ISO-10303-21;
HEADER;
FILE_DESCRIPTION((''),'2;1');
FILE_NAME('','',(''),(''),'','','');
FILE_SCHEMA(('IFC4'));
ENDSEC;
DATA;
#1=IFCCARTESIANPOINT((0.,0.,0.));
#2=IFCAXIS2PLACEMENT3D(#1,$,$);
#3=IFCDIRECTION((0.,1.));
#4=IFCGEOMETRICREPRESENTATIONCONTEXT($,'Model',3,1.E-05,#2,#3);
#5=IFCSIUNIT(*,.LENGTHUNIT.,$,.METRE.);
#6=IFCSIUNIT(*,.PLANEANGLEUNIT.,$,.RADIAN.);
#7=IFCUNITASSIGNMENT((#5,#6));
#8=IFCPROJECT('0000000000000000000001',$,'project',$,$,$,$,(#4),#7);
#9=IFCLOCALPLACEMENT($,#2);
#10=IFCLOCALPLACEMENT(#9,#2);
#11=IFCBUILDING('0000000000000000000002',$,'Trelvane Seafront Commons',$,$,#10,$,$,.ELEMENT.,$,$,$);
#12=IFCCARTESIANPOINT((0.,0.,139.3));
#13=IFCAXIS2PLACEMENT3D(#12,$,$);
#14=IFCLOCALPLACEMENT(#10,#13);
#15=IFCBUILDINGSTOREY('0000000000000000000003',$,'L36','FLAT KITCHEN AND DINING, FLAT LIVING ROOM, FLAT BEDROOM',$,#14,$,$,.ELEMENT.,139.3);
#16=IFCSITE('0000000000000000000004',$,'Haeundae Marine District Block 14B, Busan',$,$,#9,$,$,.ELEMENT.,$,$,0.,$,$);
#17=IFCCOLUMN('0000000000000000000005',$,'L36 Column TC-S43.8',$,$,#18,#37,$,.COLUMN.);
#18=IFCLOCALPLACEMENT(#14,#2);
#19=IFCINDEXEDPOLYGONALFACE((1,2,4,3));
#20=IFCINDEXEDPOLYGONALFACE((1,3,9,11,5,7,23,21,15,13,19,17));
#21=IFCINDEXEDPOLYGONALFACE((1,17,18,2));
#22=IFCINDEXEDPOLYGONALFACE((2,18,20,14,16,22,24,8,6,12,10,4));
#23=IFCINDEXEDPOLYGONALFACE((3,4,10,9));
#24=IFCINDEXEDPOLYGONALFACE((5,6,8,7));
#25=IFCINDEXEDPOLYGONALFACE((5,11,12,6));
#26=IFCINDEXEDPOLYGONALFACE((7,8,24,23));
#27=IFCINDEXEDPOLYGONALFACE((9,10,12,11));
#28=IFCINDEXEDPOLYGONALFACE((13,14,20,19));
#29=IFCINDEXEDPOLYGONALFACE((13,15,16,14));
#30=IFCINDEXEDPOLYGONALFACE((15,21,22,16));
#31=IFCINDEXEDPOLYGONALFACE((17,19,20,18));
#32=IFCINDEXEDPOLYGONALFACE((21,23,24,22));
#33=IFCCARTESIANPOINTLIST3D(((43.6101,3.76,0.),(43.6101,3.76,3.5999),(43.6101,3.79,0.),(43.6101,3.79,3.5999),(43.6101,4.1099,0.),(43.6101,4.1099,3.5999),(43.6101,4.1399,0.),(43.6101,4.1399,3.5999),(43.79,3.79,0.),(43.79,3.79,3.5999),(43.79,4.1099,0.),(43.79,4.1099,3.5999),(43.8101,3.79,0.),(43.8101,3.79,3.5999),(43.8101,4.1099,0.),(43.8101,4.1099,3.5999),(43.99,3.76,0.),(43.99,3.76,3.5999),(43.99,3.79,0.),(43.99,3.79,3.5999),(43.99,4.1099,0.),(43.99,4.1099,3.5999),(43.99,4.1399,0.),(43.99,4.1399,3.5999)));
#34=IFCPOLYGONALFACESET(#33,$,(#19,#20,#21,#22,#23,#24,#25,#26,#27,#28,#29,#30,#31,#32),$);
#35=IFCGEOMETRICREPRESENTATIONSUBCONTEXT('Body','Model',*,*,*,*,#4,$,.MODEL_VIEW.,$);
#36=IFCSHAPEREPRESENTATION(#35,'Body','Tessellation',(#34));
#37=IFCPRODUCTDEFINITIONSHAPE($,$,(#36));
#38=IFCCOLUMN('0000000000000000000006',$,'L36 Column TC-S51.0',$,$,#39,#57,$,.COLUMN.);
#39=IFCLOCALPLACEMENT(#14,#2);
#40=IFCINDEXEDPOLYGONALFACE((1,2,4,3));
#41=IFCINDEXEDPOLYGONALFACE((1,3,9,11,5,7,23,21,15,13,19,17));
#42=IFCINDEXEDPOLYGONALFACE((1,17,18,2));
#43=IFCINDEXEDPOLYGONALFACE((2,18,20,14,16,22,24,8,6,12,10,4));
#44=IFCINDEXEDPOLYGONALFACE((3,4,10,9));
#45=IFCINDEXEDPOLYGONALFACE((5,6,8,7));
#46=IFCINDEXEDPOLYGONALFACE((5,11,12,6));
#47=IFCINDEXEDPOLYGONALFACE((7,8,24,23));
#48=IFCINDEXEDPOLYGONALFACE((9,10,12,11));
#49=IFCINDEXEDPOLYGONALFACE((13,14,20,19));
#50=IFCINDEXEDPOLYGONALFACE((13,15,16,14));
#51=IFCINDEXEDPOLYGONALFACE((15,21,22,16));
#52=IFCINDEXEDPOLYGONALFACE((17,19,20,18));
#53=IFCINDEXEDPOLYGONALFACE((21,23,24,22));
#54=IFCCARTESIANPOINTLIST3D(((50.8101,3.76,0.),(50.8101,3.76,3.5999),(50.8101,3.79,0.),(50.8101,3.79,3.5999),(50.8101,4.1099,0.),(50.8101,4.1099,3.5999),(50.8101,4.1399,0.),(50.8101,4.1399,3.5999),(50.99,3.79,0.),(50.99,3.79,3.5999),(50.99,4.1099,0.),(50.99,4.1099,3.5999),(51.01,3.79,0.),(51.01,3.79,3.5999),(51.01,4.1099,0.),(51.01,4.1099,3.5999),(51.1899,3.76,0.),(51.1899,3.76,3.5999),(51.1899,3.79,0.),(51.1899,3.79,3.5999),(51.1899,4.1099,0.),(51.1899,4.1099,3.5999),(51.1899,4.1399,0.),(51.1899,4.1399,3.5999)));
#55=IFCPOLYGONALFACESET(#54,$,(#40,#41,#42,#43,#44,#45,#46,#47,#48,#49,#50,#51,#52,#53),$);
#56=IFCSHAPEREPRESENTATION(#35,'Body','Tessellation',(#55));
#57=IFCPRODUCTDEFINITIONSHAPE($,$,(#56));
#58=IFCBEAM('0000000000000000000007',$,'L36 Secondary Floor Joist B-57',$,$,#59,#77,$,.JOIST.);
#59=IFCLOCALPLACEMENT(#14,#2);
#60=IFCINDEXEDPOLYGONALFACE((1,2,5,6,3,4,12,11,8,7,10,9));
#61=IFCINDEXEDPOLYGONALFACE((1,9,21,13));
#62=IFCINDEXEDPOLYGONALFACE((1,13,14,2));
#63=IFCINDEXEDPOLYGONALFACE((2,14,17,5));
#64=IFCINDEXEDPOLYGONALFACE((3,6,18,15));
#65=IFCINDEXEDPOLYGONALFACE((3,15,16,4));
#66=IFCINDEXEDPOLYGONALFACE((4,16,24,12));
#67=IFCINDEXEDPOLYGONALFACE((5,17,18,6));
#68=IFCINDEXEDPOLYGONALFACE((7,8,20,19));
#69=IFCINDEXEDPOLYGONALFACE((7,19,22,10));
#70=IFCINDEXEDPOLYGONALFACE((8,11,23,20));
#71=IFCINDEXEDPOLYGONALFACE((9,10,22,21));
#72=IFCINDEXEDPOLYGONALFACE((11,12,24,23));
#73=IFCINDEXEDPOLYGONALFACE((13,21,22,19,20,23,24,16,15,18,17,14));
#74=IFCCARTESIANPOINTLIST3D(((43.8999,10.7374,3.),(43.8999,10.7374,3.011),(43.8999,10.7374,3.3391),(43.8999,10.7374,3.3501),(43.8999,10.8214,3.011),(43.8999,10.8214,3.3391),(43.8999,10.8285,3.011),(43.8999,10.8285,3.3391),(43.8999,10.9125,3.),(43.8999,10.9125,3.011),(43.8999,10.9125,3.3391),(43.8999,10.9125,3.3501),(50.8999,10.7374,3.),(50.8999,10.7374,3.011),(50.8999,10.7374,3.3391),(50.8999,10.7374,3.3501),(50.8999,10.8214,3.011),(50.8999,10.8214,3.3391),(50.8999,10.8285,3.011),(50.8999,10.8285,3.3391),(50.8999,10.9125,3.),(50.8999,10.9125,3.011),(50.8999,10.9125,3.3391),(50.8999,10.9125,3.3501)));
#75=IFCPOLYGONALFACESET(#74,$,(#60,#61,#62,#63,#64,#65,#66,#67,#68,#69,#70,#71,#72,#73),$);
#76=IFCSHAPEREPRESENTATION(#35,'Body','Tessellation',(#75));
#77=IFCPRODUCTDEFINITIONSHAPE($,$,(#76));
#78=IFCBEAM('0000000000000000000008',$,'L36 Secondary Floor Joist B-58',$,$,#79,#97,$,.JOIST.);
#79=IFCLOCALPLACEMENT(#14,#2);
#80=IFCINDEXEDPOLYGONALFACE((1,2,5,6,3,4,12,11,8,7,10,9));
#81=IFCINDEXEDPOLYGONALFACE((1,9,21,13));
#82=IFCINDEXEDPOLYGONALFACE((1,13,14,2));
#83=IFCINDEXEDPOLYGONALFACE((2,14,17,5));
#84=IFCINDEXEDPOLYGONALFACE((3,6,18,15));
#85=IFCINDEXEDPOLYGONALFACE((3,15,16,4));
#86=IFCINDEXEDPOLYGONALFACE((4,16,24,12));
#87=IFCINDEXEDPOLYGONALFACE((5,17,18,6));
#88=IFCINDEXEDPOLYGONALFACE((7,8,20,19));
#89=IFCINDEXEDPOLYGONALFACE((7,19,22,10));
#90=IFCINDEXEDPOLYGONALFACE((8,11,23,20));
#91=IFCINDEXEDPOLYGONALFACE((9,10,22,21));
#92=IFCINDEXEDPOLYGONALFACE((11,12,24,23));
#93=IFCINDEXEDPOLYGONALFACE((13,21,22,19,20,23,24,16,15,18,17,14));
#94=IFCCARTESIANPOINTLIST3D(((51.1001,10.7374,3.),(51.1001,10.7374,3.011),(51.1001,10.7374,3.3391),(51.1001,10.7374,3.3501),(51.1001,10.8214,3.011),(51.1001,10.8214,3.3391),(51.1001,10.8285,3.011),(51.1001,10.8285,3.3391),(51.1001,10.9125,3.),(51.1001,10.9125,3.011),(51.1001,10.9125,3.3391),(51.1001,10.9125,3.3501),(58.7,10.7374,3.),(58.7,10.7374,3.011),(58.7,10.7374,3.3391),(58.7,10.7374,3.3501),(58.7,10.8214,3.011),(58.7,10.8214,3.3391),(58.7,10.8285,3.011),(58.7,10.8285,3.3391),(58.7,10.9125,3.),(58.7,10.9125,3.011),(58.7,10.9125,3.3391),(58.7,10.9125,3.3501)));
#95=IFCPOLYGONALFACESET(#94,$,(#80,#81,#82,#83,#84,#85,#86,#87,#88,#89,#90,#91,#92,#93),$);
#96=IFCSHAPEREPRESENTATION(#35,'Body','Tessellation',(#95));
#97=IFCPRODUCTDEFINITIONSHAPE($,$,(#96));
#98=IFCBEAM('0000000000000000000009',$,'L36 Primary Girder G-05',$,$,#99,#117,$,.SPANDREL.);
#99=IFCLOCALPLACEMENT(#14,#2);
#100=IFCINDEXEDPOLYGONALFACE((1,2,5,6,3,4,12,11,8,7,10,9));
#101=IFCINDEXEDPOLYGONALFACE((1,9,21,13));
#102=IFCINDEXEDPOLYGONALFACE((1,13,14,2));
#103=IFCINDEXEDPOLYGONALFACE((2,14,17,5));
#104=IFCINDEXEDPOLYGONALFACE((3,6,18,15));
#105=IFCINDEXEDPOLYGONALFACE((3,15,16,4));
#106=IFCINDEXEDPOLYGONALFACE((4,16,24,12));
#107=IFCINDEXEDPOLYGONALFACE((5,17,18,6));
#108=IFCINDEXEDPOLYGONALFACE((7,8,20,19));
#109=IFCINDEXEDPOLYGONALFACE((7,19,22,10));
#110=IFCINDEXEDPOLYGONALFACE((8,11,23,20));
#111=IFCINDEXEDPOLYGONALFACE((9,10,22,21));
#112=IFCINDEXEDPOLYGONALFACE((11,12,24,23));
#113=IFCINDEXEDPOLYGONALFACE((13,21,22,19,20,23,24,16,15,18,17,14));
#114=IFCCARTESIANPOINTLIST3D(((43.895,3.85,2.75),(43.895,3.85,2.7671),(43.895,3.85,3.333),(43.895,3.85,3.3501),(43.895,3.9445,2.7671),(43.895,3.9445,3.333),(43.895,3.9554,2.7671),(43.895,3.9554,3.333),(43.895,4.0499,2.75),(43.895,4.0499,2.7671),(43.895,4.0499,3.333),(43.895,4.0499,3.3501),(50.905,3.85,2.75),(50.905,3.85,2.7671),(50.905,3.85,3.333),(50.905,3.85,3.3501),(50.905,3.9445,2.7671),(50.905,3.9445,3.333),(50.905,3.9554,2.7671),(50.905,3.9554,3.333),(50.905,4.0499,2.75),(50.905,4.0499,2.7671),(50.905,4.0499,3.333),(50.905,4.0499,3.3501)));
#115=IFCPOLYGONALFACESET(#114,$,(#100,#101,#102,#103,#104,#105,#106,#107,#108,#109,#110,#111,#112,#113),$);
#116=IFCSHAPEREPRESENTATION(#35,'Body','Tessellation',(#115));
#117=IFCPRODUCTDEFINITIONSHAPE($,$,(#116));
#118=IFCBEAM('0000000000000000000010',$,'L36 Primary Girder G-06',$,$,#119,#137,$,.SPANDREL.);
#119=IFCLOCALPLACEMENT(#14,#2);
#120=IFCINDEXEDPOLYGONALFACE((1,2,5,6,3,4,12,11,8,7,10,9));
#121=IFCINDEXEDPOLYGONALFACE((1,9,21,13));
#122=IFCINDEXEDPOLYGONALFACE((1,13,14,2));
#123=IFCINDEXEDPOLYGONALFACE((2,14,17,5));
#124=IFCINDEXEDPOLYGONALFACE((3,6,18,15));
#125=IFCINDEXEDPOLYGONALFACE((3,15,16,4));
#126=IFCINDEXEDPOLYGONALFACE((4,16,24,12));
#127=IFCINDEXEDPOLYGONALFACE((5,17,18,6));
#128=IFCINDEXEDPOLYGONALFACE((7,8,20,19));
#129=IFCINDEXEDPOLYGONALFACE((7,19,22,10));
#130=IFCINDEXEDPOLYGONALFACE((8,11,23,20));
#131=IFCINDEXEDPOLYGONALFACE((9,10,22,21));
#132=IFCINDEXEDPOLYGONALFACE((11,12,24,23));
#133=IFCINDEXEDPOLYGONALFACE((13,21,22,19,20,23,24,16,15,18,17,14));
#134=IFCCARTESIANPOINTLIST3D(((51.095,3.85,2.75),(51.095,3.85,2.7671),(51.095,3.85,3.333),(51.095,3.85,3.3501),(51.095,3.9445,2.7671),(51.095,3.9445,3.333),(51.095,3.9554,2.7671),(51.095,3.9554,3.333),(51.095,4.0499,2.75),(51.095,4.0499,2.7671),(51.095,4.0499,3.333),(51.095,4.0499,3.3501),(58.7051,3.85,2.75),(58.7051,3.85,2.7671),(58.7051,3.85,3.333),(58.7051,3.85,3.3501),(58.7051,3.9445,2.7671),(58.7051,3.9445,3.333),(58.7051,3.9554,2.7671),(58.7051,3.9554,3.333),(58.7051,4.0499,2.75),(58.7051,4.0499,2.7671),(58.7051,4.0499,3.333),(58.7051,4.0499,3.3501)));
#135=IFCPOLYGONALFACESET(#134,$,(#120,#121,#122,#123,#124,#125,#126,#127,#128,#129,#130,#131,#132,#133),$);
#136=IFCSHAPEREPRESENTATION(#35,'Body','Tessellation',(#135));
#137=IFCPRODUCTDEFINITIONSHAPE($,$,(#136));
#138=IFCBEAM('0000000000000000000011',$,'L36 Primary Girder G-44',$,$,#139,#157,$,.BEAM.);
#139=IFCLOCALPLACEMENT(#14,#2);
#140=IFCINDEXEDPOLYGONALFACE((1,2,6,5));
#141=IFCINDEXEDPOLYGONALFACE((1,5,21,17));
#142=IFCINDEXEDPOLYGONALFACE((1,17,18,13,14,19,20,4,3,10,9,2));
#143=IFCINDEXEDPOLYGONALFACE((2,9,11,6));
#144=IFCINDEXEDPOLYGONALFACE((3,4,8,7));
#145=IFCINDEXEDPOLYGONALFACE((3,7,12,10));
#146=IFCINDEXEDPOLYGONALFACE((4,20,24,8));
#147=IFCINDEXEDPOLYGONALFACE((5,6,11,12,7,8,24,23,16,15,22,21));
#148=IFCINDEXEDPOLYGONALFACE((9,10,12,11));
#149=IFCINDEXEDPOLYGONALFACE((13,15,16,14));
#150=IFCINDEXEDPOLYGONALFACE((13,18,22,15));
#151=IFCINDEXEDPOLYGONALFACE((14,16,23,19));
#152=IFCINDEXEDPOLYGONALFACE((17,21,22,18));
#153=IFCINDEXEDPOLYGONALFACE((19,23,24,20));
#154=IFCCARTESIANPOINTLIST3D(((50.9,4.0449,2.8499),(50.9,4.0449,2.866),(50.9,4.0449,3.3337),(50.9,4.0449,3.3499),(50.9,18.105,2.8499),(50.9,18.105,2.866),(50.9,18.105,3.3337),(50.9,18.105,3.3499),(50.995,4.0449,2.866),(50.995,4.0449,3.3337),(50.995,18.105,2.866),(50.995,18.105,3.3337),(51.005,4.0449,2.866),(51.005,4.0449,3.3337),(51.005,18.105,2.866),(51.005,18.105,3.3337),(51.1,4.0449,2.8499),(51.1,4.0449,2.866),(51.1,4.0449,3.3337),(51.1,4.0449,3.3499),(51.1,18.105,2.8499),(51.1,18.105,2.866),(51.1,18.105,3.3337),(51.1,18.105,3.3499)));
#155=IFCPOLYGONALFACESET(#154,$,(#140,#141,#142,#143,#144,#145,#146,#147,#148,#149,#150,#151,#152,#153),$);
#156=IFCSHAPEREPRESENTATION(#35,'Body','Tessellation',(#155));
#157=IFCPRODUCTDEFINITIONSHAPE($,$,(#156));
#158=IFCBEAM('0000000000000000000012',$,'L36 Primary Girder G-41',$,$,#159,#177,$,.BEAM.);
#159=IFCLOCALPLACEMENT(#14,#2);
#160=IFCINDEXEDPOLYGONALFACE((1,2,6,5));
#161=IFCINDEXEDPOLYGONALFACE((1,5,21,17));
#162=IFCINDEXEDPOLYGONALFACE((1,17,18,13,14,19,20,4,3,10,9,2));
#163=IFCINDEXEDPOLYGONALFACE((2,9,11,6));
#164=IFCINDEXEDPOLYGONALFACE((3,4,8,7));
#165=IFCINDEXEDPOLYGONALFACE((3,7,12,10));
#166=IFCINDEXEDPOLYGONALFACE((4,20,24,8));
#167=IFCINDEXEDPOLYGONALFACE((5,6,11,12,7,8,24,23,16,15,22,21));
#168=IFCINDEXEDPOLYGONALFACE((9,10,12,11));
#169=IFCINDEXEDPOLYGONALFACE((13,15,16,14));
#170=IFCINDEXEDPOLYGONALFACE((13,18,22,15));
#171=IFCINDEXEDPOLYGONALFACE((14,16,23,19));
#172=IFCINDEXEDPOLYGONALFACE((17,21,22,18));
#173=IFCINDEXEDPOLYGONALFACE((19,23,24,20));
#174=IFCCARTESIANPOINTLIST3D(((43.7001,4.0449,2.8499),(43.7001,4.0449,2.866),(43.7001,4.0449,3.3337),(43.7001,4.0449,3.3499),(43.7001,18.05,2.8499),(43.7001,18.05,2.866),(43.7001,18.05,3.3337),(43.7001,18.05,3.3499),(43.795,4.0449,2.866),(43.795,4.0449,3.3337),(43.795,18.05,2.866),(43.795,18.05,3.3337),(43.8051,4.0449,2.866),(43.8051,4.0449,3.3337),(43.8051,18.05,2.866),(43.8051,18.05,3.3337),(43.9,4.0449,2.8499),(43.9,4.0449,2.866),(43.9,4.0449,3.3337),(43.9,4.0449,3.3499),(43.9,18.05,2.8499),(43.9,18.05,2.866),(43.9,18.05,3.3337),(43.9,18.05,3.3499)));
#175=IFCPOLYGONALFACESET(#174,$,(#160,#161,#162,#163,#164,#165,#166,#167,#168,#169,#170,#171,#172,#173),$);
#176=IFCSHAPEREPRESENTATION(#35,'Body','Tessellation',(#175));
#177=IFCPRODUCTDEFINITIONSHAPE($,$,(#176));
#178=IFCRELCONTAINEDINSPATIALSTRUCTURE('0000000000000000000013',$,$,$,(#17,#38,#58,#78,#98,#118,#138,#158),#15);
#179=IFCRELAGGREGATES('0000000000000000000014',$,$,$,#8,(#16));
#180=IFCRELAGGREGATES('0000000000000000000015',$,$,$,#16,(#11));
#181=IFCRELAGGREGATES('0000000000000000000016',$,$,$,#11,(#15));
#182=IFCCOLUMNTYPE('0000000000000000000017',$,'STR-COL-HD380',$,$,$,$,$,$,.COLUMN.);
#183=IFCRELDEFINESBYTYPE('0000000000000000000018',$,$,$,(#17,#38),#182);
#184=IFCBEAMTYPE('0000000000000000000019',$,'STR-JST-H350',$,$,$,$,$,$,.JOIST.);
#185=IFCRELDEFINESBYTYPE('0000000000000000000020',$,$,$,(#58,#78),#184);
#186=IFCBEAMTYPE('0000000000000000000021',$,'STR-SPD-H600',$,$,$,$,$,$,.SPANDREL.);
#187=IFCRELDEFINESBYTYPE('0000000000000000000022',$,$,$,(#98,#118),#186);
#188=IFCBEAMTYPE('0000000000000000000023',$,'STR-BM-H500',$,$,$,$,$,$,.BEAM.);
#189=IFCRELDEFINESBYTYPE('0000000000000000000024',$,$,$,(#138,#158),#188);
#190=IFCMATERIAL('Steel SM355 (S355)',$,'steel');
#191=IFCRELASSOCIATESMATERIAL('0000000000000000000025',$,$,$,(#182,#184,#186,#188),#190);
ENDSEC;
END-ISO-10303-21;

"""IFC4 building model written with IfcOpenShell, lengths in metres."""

from ifc_helpers import new_model, si_unit, direction, frame, origin, origin_2d, place, context, subcontext, project, spatial, i_section, extrude, source, transform, mapped, material, material_profile, profile_set, type_object, element, save


model = new_model("IFC4")

# Units and contexts
model_context = context("Model", 3, precision=1e-05, world=origin(), true_north=direction((0.0, 1.0)))
body_context = subcontext(model_context, "Body", "Model", "MODEL_VIEW")
ifc_project = project(units=[si_unit("LENGTHUNIT", "METRE"), si_unit("PLANEANGLEUNIT", "RADIAN")], contexts=[model_context])

# Site, building, storey
site_placement = place(None, origin())
site = spatial("IfcSite", under=ifc_project, at=site_placement, Name="Haeundae Marine District Block 14B, Busan", CompositionType="ELEMENT", RefElevation=0.0)
building_placement = place(site_placement, origin())
building = spatial("IfcBuilding", under=site, at=building_placement, Name="Trelvane Seafront Commons", CompositionType="ELEMENT")
storey_placement = place(building_placement, frame((0.0, 0.0, 139.3)))
storey = spatial("IfcBuildingStorey", under=building, at=storey_placement, Name="L36", Description="FLAT KITCHEN AND DINING, FLAT LIVING ROOM, FLAT BEDROOM", CompositionType="ELEMENT", Elevation=139.3)

# Columns
ifc_material_1 = material(Name="Steel SM355 (S355)", Category="steel")
ifc_material_profile_1 = material_profile(ifc_material_1, i_section(OverallWidth=0.3799, OverallDepth=0.3799, WebThickness=0.02, FlangeThickness=0.03, at=origin_2d()), Name="HD-380x380x20x30")
ifc_profile_set_1 = profile_set([ifc_material_profile_1], Name="Steel SM355 (S355)")
column_type = type_object("IfcColumnType", Name="STR-COL-HD380", PredefinedType="COLUMN", material=ifc_profile_set_1)
shared_shape_1 = source(origin(), body_context, "Body", "SweptSolid", [
    extrude(i_section(OverallWidth=0.3799, OverallDepth=0.3799, WebThickness=0.02, FlangeThickness=0.03, at=origin_2d()), origin(), (0.0, 0.0, 1.0), 3.5999),
])
for number, where, z_axis, x_axis, name in (
    (1, (43.8, 3.95, 0.0), (0.0, 0.0, 1.0), (1.0, 0.0, 0.0), "L36 Column TC-S43.8"),
    (2, (51.0, 3.95, 0.0), (0.0, 0.0, 1.0), (1.0, 0.0, 0.0), "L36 Column TC-S51.0"),
):
    element("IfcColumn", number, at=place(storey_placement, frame(where, z_axis=z_axis, x_axis=x_axis)), inside=storey, type_object=column_type, Name=name, PredefinedType="COLUMN", context=body_context, shape_type="MappedRepresentation", body=[
        mapped(shared_shape_1, transform((0.0, 0.0, 0.0), x_axis=(1.0, 0.0, 0.0), y_axis=(0.0, 1.0, 0.0), z_axis=(0.0, 0.0, 1.0), scale=1.0)),
    ])

# Beams
ifc_material_profile_2 = material_profile(ifc_material_1, i_section(OverallWidth=0.175, OverallDepth=0.3501, WebThickness=0.0071, FlangeThickness=0.011, at=origin_2d()), Name="H-350x175x7x11")
ifc_profile_set_2 = profile_set([ifc_material_profile_2], Name="Steel SM355 (S355)")
beam_type_1 = type_object("IfcBeamType", Name="STR-JST-H350", PredefinedType="JOIST", material=ifc_profile_set_2)
shared_shape_2 = source(origin(), body_context, "Body", "SweptSolid", [
    extrude(i_section(OverallWidth=0.175, OverallDepth=0.3501, WebThickness=0.0071, FlangeThickness=0.011, at=origin_2d()), origin(), (0.0, 0.0, 1.0), 7.0),
])
beam_1_placement = place(storey_placement, frame((43.8999, 10.825, 3.175), z_axis=(1.0, 0.0, 0.0), x_axis=(0.0, 1.0, 0.0)))
element("IfcBeam", 3, at=beam_1_placement, inside=storey, type_object=beam_type_1, Name="L36 Secondary Floor Joist B-57", PredefinedType="JOIST", context=body_context, shape_type="MappedRepresentation", body=[
    mapped(shared_shape_2, transform((0.0, 0.0, 0.0), x_axis=(1.0, 0.0, 0.0), y_axis=(0.0, 1.0, 0.0), z_axis=(0.0, 0.0, 1.0), scale=1.0)),
])
shared_shape_3 = source(origin(), body_context, "Body", "SweptSolid", [
    extrude(i_section(OverallWidth=0.175, OverallDepth=0.3501, WebThickness=0.0071, FlangeThickness=0.011, at=origin_2d()), origin(), (0.0, 0.0, 1.0), 7.5999),
])
beam_2_placement = place(storey_placement, frame((51.1001, 10.825, 3.175), z_axis=(1.0, 0.0, 0.0), x_axis=(0.0, 1.0, 0.0)))
element("IfcBeam", 4, at=beam_2_placement, inside=storey, type_object=beam_type_1, Name="L36 Secondary Floor Joist B-58", PredefinedType="JOIST", context=body_context, shape_type="MappedRepresentation", body=[
    mapped(shared_shape_3, transform((0.0, 0.0, 0.0), x_axis=(1.0, 0.0, 0.0), y_axis=(0.0, 1.0, 0.0), z_axis=(0.0, 0.0, 1.0), scale=1.0)),
])
ifc_material_profile_3 = material_profile(ifc_material_1, i_section(OverallWidth=0.2, OverallDepth=0.6001, WebThickness=0.011, FlangeThickness=0.0171, at=origin_2d()), Name="H-600x200x11x17")
ifc_profile_set_3 = profile_set([ifc_material_profile_3], Name="Steel SM355 (S355)")
beam_type_2 = type_object("IfcBeamType", Name="STR-SPD-H600", PredefinedType="SPANDREL", material=ifc_profile_set_3)
shared_shape_4 = source(origin(), body_context, "Body", "SweptSolid", [
    extrude(i_section(OverallWidth=0.2, OverallDepth=0.6001, WebThickness=0.011, FlangeThickness=0.0171, at=origin_2d()), origin(), (0.0, 0.0, 1.0), 7.01),
])
beam_3_placement = place(storey_placement, frame((43.895, 3.95, 3.05), z_axis=(1.0, 0.0, 0.0), x_axis=(0.0, 1.0, 0.0)))
element("IfcBeam", 5, at=beam_3_placement, inside=storey, type_object=beam_type_2, Name="L36 Primary Girder G-05", PredefinedType="SPANDREL", context=body_context, shape_type="MappedRepresentation", body=[
    mapped(shared_shape_4, transform((0.0, 0.0, 0.0), x_axis=(1.0, 0.0, 0.0), y_axis=(0.0, 1.0, 0.0), z_axis=(0.0, 0.0, 1.0), scale=1.0)),
])
shared_shape_5 = source(origin(), body_context, "Body", "SweptSolid", [
    extrude(i_section(OverallWidth=0.2, OverallDepth=0.6001, WebThickness=0.011, FlangeThickness=0.0171, at=origin_2d()), origin(), (0.0, 0.0, 1.0), 7.6101),
])
beam_4_placement = place(storey_placement, frame((51.095, 3.95, 3.05), z_axis=(1.0, 0.0, 0.0), x_axis=(0.0, 1.0, 0.0)))
element("IfcBeam", 6, at=beam_4_placement, inside=storey, type_object=beam_type_2, Name="L36 Primary Girder G-06", PredefinedType="SPANDREL", context=body_context, shape_type="MappedRepresentation", body=[
    mapped(shared_shape_5, transform((0.0, 0.0, 0.0), x_axis=(1.0, 0.0, 0.0), y_axis=(0.0, 1.0, 0.0), z_axis=(0.0, 0.0, 1.0), scale=1.0)),
])
ifc_material_profile_4 = material_profile(ifc_material_1, i_section(OverallWidth=0.2, OverallDepth=0.5, WebThickness=0.01, FlangeThickness=0.0161, at=origin_2d()), Name="H-500x200x10x16")
ifc_profile_set_4 = profile_set([ifc_material_profile_4], Name="Steel SM355 (S355)")
beam_type_3 = type_object("IfcBeamType", Name="STR-BM-H500", PredefinedType="BEAM", material=ifc_profile_set_4)
shared_shape_6 = source(origin(), body_context, "Body", "SweptSolid", [
    extrude(i_section(OverallWidth=0.2, OverallDepth=0.5, WebThickness=0.01, FlangeThickness=0.0161, at=origin_2d()), origin(), (0.0, 0.0, 1.0), 14.0601),
])
beam_5_placement = place(storey_placement, frame((51.0, 4.0449, 3.0999), z_axis=(0.0, 1.0, 0.0), x_axis=(-1.0, 0.0, 0.0)))
element("IfcBeam", 7, at=beam_5_placement, inside=storey, type_object=beam_type_3, Name="L36 Primary Girder G-44", PredefinedType="BEAM", context=body_context, shape_type="MappedRepresentation", body=[
    mapped(shared_shape_6, transform((0.0, 0.0, 0.0), x_axis=(1.0, 0.0, 0.0), y_axis=(0.0, 1.0, 0.0), z_axis=(0.0, 0.0, 1.0), scale=1.0)),
])
shared_shape_7 = source(origin(), body_context, "Body", "SweptSolid", [
    extrude(i_section(OverallWidth=0.2, OverallDepth=0.5, WebThickness=0.01, FlangeThickness=0.0161, at=origin_2d()), origin(), (0.0, 0.0, 1.0), 14.0051),
])
beam_6_placement = place(storey_placement, frame((43.8, 4.0449, 3.0999), z_axis=(0.0, 1.0, 0.0), x_axis=(-1.0, 0.0, 0.0)))
element("IfcBeam", 8, at=beam_6_placement, inside=storey, type_object=beam_type_3, Name="L36 Primary Girder G-41", PredefinedType="BEAM", context=body_context, shape_type="MappedRepresentation", body=[
    mapped(shared_shape_7, transform((0.0, 0.0, 0.0), x_axis=(1.0, 0.0, 0.0), y_axis=(0.0, 1.0, 0.0), z_axis=(0.0, 0.0, 1.0), scale=1.0)),
])

save(model, "model.ifc")
